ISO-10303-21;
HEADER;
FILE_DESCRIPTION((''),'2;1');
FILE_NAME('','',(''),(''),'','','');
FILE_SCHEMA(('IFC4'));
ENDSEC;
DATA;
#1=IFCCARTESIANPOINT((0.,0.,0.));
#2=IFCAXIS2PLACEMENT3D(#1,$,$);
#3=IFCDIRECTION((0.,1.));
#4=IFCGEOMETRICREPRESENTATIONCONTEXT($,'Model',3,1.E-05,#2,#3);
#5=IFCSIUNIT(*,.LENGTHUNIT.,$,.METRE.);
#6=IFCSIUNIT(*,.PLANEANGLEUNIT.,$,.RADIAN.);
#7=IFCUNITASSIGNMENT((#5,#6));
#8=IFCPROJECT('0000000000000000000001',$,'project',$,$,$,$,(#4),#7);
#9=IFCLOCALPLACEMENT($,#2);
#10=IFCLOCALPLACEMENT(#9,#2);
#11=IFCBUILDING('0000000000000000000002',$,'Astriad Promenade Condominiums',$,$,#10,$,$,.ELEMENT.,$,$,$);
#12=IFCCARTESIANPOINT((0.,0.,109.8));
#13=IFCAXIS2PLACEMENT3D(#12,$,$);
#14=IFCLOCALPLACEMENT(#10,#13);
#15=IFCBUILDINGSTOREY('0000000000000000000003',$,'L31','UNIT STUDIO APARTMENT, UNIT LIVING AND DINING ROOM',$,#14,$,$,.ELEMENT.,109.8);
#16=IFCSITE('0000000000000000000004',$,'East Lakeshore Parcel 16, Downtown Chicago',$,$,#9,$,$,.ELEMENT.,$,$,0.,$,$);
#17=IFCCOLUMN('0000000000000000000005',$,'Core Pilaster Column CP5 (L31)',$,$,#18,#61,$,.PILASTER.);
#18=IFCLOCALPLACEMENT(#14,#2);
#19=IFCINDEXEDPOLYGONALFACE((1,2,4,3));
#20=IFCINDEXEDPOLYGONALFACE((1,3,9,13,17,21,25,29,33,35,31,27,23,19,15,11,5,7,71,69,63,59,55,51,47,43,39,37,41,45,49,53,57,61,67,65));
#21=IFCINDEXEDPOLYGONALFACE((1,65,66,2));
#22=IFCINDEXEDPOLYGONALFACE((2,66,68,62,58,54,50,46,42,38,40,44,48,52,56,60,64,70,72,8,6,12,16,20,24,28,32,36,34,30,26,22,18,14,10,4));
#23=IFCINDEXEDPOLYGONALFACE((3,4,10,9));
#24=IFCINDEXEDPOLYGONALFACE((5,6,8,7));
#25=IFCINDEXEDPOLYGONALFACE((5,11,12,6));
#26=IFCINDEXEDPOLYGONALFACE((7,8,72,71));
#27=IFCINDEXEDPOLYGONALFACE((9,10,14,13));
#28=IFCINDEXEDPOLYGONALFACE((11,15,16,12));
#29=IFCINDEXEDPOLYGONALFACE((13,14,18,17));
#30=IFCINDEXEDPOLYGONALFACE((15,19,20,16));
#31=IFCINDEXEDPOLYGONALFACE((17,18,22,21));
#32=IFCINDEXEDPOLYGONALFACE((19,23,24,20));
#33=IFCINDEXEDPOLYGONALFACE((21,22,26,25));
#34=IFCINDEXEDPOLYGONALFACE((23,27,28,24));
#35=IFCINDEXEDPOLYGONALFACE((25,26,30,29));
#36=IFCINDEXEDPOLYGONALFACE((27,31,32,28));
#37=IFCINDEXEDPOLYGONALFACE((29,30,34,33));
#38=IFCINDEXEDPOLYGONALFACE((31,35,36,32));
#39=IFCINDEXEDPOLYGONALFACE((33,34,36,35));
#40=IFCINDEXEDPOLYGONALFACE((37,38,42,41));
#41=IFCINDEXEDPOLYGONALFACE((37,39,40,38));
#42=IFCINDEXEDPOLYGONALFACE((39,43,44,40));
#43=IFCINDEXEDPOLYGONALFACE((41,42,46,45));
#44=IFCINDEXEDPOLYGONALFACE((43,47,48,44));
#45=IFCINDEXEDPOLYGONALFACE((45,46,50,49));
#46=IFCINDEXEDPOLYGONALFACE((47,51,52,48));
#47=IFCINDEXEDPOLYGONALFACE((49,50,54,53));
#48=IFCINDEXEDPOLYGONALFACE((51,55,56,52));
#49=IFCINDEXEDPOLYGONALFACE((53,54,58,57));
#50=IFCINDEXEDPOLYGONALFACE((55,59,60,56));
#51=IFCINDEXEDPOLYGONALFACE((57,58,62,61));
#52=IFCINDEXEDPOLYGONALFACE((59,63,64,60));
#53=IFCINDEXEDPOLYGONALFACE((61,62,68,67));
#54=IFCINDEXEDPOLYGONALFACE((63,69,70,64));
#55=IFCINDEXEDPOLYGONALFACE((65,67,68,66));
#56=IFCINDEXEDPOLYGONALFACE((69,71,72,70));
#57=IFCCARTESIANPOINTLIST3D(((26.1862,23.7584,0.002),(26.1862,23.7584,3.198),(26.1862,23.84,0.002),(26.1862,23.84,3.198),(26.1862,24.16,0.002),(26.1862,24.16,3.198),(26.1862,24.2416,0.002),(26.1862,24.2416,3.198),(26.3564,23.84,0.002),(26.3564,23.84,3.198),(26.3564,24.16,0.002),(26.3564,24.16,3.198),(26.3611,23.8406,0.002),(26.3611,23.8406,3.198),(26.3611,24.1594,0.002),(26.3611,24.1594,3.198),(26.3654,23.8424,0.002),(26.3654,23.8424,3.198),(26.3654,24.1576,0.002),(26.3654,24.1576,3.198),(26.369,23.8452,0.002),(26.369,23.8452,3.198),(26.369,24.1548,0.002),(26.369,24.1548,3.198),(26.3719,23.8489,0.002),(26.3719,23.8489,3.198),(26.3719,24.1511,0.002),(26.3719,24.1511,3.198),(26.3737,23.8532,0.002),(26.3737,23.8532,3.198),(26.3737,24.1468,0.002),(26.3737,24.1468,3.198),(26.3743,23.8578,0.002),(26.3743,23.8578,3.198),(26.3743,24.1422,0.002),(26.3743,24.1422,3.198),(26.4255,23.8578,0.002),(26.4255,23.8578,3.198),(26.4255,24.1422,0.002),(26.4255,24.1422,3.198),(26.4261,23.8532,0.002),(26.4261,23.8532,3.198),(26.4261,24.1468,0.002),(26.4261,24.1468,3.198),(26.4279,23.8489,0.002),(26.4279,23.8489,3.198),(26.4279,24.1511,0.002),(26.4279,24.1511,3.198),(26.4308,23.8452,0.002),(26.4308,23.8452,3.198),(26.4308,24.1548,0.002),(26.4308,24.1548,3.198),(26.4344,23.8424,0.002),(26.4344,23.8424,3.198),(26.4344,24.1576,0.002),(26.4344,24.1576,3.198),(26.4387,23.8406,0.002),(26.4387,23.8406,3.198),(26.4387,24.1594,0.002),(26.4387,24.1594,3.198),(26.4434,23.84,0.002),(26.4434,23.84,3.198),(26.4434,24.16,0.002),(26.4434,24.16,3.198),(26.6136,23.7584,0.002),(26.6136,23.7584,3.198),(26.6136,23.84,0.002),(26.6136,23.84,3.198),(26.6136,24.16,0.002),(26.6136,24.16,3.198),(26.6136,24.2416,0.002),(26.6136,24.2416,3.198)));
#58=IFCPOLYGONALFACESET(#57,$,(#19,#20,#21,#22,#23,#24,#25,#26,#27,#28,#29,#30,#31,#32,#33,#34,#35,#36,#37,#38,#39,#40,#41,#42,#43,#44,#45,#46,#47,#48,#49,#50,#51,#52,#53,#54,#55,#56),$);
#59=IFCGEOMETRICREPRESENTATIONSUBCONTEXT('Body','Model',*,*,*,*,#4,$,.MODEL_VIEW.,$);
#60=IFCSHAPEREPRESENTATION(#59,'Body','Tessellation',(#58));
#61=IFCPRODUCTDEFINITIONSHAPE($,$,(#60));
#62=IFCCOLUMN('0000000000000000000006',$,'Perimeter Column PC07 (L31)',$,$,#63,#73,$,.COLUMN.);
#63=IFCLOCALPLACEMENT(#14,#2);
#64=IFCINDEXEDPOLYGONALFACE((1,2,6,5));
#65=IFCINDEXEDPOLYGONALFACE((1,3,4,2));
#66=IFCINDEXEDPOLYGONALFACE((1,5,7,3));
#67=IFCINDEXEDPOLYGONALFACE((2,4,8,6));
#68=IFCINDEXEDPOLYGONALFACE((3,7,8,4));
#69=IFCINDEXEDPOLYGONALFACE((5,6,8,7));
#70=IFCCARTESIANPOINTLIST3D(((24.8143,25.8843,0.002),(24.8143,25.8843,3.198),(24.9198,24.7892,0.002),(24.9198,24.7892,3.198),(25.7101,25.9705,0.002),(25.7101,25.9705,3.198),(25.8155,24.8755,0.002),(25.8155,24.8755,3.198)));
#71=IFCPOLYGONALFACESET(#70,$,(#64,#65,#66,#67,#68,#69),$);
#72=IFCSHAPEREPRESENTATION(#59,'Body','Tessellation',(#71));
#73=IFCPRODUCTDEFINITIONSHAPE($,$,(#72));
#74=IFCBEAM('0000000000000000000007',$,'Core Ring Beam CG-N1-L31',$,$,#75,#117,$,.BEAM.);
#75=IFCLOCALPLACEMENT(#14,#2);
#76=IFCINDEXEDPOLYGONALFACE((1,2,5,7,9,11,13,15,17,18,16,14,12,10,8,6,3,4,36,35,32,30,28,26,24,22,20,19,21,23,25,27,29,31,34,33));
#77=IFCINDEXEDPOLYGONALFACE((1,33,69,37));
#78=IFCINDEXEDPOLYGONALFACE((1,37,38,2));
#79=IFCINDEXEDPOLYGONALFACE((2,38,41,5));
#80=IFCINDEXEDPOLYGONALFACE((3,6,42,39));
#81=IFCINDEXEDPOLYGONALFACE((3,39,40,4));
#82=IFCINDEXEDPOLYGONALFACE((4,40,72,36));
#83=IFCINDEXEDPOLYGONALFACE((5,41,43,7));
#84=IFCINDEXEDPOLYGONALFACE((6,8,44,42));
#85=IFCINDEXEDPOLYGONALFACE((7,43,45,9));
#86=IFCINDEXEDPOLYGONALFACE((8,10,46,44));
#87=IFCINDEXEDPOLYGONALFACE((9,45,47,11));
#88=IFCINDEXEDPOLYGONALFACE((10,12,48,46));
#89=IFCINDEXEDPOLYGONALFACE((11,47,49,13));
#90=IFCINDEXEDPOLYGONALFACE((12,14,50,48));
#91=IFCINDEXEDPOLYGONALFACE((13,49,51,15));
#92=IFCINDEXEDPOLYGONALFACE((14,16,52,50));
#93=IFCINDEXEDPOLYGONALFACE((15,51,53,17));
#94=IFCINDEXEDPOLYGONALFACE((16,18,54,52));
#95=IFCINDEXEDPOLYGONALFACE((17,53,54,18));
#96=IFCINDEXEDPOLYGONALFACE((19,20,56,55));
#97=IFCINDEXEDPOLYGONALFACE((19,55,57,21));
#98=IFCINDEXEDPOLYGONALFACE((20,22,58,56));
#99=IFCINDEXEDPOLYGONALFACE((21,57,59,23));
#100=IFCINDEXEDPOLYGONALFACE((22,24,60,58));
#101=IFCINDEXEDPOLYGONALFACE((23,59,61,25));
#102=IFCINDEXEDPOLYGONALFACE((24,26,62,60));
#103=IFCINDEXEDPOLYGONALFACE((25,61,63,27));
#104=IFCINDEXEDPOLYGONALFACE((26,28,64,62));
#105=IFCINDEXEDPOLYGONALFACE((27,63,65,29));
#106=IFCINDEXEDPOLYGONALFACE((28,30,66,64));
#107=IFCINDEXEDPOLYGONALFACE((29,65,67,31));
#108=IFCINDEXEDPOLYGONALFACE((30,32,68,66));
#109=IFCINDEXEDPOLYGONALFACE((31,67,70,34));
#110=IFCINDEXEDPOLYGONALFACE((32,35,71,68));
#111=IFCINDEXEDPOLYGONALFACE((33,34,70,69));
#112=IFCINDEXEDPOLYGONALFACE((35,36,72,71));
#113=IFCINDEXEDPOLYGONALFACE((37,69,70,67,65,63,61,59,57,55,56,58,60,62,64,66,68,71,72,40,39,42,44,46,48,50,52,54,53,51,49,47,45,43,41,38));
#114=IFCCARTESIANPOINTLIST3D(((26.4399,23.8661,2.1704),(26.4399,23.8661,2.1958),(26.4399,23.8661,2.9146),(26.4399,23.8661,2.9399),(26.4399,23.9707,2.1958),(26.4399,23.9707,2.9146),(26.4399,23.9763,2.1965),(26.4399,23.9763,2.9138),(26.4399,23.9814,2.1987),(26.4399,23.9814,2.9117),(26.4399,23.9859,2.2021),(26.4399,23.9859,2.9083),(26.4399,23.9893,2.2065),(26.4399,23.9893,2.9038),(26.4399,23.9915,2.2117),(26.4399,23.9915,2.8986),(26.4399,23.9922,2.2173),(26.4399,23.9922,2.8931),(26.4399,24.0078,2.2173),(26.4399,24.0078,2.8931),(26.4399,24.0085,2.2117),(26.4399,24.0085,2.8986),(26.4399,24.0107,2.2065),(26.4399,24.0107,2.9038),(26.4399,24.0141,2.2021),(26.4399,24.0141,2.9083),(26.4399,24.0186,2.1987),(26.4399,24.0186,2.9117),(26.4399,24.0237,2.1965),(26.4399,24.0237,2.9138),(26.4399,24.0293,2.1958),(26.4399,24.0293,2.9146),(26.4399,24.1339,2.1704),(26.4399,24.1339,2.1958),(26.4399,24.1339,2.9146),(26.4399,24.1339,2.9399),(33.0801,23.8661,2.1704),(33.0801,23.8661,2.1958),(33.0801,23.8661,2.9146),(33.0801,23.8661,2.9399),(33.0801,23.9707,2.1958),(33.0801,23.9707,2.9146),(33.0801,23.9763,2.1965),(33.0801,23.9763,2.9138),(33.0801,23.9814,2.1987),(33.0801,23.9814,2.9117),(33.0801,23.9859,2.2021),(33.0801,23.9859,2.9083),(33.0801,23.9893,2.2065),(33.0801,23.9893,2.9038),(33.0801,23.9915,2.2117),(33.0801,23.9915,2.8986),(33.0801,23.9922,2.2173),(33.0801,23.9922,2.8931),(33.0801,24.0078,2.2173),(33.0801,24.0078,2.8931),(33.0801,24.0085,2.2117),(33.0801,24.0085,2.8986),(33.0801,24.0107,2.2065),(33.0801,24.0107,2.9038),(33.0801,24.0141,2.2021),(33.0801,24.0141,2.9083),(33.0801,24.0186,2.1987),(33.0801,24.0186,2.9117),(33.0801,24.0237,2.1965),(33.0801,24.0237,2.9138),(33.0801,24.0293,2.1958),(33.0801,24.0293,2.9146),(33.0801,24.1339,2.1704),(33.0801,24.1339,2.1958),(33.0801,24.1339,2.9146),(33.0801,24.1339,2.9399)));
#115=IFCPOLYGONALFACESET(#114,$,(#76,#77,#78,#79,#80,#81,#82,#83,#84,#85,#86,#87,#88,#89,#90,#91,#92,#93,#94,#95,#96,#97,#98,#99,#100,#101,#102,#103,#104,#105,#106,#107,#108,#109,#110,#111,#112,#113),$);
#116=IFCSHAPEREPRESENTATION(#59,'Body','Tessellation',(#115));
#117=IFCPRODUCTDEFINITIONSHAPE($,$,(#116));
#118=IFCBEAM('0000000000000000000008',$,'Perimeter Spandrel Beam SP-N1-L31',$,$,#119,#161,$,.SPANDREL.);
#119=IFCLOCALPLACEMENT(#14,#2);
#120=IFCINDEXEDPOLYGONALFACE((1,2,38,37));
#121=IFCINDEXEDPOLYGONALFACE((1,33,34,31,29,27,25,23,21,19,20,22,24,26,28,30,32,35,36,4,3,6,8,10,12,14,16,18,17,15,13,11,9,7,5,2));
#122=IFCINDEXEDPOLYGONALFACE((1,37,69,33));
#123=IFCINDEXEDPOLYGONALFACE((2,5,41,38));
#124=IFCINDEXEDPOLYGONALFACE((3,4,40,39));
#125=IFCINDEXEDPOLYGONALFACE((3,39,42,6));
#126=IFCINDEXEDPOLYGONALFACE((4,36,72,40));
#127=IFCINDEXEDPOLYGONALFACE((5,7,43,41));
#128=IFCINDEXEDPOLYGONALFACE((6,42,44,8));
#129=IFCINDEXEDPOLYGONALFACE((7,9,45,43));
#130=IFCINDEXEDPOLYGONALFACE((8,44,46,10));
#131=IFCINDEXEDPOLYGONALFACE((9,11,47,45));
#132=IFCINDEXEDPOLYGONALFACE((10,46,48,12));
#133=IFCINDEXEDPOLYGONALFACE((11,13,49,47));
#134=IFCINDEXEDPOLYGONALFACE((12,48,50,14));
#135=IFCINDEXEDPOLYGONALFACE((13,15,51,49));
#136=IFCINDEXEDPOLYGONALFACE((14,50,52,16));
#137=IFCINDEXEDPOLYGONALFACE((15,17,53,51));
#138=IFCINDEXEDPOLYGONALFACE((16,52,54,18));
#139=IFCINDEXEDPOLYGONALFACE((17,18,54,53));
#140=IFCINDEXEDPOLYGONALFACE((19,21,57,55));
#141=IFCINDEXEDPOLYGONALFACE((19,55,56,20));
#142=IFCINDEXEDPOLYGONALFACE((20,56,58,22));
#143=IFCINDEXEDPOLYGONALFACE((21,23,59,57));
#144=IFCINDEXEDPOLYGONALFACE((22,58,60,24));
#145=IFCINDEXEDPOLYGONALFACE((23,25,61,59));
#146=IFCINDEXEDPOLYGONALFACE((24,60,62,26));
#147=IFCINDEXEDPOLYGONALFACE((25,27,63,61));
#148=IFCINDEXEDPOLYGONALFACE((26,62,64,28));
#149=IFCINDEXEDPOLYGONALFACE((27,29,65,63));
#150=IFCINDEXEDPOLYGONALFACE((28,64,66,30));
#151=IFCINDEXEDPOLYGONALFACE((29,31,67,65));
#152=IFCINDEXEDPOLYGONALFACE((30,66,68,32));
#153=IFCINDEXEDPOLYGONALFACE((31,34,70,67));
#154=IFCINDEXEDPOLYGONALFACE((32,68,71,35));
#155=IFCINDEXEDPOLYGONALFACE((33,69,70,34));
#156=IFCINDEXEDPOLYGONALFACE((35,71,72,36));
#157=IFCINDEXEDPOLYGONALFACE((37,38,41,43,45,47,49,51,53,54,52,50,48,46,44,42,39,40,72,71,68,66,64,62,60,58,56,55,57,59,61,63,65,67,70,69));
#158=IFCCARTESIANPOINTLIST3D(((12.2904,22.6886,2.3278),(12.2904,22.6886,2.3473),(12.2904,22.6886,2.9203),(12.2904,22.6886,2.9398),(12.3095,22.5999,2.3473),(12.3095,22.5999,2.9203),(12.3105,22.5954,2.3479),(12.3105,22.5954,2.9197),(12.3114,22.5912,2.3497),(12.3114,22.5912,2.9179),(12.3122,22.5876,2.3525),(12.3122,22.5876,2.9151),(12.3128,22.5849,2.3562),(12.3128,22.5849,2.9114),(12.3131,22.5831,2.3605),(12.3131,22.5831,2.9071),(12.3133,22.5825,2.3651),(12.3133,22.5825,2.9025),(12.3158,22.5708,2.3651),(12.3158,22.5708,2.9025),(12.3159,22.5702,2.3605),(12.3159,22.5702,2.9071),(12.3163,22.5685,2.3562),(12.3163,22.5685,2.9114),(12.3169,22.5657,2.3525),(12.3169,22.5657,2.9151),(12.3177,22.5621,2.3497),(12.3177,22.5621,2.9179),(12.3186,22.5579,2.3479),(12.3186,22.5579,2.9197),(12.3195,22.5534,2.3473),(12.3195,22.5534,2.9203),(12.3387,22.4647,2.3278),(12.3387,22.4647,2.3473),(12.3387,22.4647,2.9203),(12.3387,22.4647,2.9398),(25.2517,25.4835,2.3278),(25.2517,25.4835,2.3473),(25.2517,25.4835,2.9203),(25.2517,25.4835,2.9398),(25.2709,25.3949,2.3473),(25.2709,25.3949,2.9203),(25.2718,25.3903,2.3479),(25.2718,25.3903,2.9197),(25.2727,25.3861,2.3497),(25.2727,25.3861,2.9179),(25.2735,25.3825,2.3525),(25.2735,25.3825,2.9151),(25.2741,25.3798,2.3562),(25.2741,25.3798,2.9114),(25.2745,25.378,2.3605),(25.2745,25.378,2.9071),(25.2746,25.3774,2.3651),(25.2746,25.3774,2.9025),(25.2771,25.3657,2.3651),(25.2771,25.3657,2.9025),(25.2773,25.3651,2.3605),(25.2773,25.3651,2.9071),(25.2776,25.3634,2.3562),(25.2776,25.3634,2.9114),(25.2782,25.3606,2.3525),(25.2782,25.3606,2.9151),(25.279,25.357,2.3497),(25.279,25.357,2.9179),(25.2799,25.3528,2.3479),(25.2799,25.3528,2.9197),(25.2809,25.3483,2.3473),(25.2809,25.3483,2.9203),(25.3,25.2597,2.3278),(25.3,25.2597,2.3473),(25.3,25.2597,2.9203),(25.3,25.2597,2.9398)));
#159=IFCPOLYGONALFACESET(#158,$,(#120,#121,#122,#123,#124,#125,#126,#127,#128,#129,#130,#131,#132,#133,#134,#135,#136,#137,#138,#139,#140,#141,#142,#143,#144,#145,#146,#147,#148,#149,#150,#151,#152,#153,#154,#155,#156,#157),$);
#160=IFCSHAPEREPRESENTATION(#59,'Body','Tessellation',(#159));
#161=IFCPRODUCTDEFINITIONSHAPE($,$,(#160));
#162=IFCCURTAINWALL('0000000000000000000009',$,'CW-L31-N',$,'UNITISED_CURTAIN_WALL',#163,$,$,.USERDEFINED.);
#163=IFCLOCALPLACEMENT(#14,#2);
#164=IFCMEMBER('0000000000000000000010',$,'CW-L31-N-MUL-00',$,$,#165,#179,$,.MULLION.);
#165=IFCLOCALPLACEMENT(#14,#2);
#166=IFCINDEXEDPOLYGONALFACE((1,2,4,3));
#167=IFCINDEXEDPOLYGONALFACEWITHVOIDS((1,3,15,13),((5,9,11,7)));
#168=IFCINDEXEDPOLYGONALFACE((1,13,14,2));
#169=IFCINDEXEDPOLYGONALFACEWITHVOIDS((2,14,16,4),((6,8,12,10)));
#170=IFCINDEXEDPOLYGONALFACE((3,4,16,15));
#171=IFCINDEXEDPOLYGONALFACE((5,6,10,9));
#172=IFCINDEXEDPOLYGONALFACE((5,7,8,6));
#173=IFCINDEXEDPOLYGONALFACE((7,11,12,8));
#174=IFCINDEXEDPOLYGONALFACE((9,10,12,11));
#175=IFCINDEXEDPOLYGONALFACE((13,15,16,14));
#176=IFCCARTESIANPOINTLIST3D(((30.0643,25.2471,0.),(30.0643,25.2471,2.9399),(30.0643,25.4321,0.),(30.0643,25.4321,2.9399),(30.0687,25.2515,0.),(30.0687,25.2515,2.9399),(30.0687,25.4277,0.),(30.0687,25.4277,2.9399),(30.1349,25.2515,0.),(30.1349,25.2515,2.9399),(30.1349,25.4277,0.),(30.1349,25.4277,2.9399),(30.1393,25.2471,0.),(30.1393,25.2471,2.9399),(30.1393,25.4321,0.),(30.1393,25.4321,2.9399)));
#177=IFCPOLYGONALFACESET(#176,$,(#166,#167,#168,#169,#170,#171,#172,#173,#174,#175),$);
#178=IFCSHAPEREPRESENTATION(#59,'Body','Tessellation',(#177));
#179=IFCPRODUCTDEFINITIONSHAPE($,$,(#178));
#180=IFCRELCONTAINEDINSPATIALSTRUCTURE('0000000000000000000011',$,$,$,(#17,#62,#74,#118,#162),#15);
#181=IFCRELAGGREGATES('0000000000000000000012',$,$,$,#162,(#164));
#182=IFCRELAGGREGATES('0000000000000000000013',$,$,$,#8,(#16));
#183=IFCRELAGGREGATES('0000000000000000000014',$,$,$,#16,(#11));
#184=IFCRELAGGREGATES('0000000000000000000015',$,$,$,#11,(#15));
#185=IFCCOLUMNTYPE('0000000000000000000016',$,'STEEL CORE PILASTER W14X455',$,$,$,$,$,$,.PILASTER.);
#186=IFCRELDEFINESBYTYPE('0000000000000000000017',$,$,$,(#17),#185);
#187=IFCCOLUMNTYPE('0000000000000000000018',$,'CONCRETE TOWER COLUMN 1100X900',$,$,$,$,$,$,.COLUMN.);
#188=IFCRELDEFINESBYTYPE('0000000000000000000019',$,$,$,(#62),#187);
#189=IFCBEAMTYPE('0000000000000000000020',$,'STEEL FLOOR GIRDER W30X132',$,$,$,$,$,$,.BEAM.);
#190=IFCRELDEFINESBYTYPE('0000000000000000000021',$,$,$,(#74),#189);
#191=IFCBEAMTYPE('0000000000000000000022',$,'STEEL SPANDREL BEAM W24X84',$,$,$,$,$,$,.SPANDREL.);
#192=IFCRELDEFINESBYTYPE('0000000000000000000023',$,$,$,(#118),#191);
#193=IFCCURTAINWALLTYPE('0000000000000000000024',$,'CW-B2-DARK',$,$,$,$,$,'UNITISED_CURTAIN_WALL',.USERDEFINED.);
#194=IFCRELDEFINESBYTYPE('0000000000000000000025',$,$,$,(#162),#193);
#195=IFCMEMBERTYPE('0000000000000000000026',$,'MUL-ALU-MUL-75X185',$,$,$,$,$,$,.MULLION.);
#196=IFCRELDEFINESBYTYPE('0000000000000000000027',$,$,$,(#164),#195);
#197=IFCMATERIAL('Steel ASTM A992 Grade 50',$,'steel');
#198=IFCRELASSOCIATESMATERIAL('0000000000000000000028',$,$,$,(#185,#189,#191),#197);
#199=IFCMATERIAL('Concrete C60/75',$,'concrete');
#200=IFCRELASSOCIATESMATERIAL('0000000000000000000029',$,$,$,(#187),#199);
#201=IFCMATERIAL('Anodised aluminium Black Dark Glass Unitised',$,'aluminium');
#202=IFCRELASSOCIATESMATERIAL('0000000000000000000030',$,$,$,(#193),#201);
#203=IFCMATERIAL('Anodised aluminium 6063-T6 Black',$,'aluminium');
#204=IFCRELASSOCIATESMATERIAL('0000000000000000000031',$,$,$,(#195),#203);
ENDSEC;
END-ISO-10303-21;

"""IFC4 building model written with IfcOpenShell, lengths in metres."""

from ifc_helpers import new_model, si_unit, direction, frame, origin, origin_2d, place, context, subcontext, project, spatial, rectangle, hollow_rectangle, i_section, extrude, source, transform, mapped, material, material_profile, profile_set, type_object, type_shapes, element, aggregate, save


model = new_model("IFC4")

# Units and contexts
model_context = context("Model", 3, precision=1e-05, world=origin(), true_north=direction((0.0, 1.0)))
body_context = subcontext(model_context, "Body", "Model", "MODEL_VIEW")
ifc_project = project(units=[si_unit("LENGTHUNIT", "METRE"), si_unit("PLANEANGLEUNIT", "RADIAN")], contexts=[model_context])

# Site, building, storey
site_placement = place(None, origin())
site = spatial("IfcSite", under=ifc_project, at=site_placement, Name="East Lakeshore Parcel 16, Downtown Chicago", CompositionType="ELEMENT", RefElevation=0.0)
building_placement = place(site_placement, origin())
building = spatial("IfcBuilding", under=site, at=building_placement, Name="Astriad Promenade Condominiums", CompositionType="ELEMENT")
storey_placement = place(building_placement, frame((0.0, 0.0, 109.8)))
storey = spatial("IfcBuildingStorey", under=building, at=storey_placement, Name="L31", Description="UNIT STUDIO APARTMENT, UNIT LIVING AND DINING ROOM", CompositionType="ELEMENT", Elevation=109.8)

# Columns
ifc_material_1 = material(Name="Steel ASTM A992 Grade 50", Category="steel")
ifc_material_profile_1 = material_profile(ifc_material_1, i_section(OverallWidth=0.4275, OverallDepth=0.4832, WebThickness=0.0513, FlangeThickness=0.0815, FilletRadius=0.0178, at=origin_2d()), Name="W14X455")
ifc_profile_set_1 = profile_set([ifc_material_profile_1], Name="Steel ASTM A992 Grade 50")
column_type_1 = type_object("IfcColumnType", Name="STEEL CORE PILASTER W14X455", PredefinedType="PILASTER", material=ifc_profile_set_1)
shared_shape_1 = source(origin(), body_context, "Body", "SweptSolid", [
    extrude(i_section(OverallWidth=0.4275, OverallDepth=0.4832, WebThickness=0.0513, FlangeThickness=0.0815, FilletRadius=0.0178, at=origin_2d()), origin(), (0.0, 0.0, 1.0), 3.196),
])
type_shapes(column_type_1, [shared_shape_1])
column_1_placement = place(storey_placement, frame((26.3999, 24.0, 0.002), z_axis=(0.0, 0.0, 1.0), x_axis=(1.0, 0.0, 0.0)))
element("IfcColumn", 1, at=column_1_placement, inside=storey, type_object=column_type_1, Name="Core Pilaster Column CP5 (L31)", PredefinedType="PILASTER", context=body_context, shape_type="MappedRepresentation", body=[
    mapped(shared_shape_1, transform((0.0, 0.0, 0.0), scale=1.0)),
])
ifc_material_2 = material(Name="Concrete C60/75", Category="concrete")
ifc_material_profile_2 = material_profile(ifc_material_2, rectangle(XDim=0.8999, YDim=1.1001, at=origin_2d()), Name="RC-COL-1100X900")
ifc_profile_set_2 = profile_set([ifc_material_profile_2], Name="Concrete C60/75")
column_type_2 = type_object("IfcColumnType", Name="CONCRETE TOWER COLUMN 1100X900", PredefinedType="COLUMN", material=ifc_profile_set_2)
shared_shape_2 = source(origin(), body_context, "Body", "SweptSolid", [
    extrude(rectangle(XDim=0.8999, YDim=1.1001, at=origin_2d()), origin(), (0.0, 0.0, 1.0), 3.196),
])
type_shapes(column_type_2, [shared_shape_2])
column_2_placement = place(storey_placement, frame((25.3149, 25.3799, 0.002), z_axis=(0.0, 0.0, 1.0), x_axis=(0.995396, 0.095846, 0.0)))
element("IfcColumn", 2, at=column_2_placement, inside=storey, type_object=column_type_2, Name="Perimeter Column PC07 (L31)", PredefinedType="COLUMN", context=body_context, shape_type="MappedRepresentation", body=[
    mapped(shared_shape_2, transform((0.0, 0.0, 0.0), scale=1.0)),
])

# Beams
ifc_material_profile_3 = material_profile(ifc_material_1, i_section(OverallWidth=0.2678, OverallDepth=0.7695, WebThickness=0.0156, FlangeThickness=0.0254, FilletRadius=0.0215, at=origin_2d()), Name="W30X132")
ifc_profile_set_3 = profile_set([ifc_material_profile_3], Name="Steel ASTM A992 Grade 50")
beam_type_1 = type_object("IfcBeamType", Name="STEEL FLOOR GIRDER W30X132", PredefinedType="BEAM", material=ifc_profile_set_3)
shared_shape_3 = source(origin(), body_context, "Body", "SweptSolid", [
    extrude(i_section(OverallWidth=0.2678, OverallDepth=0.7695, WebThickness=0.0156, FlangeThickness=0.0254, FilletRadius=0.0215, at=origin_2d()), origin(), (0.0, 0.0, 1.0), 6.6401),
])
type_shapes(beam_type_1, [shared_shape_3])
beam_1_placement = place(storey_placement, frame((26.4399, 24.0, 2.5552), z_axis=(1.0, 0.0, 0.0), x_axis=(0.0, 1.0, 0.0)))
element("IfcBeam", 3, at=beam_1_placement, inside=storey, type_object=beam_type_1, Name="Core Ring Beam CG-N1-L31", PredefinedType="BEAM", context=body_context, shape_type="MappedRepresentation", body=[
    mapped(shared_shape_3, transform((0.0, 0.0, 0.0), scale=1.0)),
])
ifc_material_profile_4 = material_profile(ifc_material_1, i_section(OverallWidth=0.229, OverallDepth=0.6121, WebThickness=0.012, FlangeThickness=0.0195, FilletRadius=0.0178, at=origin_2d()), Name="W24X84")
ifc_profile_set_4 = profile_set([ifc_material_profile_4], Name="Steel ASTM A992 Grade 50")
beam_type_2 = type_object("IfcBeamType", Name="STEEL SPANDREL BEAM W24X84", PredefinedType="SPANDREL", material=ifc_profile_set_4)
shared_shape_4 = source(origin(), body_context, "Body", "SweptSolid", [
    extrude(i_section(OverallWidth=0.229, OverallDepth=0.6121, WebThickness=0.012, FlangeThickness=0.0195, FilletRadius=0.0178, at=origin_2d()), origin(), (0.0, 0.0, 1.0), 13.2593),
])
type_shapes(beam_type_2, [shared_shape_4])
beam_2_placement = place(storey_placement, frame((25.2759, 25.3716, 2.6338), z_axis=(-0.977532, -0.210789, 0.0), x_axis=(0.210789, -0.977532, 0.0)))
element("IfcBeam", 4, at=beam_2_placement, inside=storey, type_object=beam_type_2, Name="Perimeter Spandrel Beam SP-N1-L31", PredefinedType="SPANDREL", context=body_context, shape_type="MappedRepresentation", body=[
    mapped(shared_shape_4, transform((0.0, 0.0, 0.0), scale=1.0)),
])

# Curtain wall, member
ifc_material_3 = material(Name="Anodised aluminium Black Dark Glass Unitised", Category="aluminium")
curtain_wall_type = type_object("IfcCurtainWallType", Name="CW-B2-DARK", ElementType="UNITISED_CURTAIN_WALL", PredefinedType="USERDEFINED", material=ifc_material_3)
curtain_wall_placement = place(storey_placement, origin())
curtain_wall = element("IfcCurtainWall", 5, at=curtain_wall_placement, inside=storey, type_object=curtain_wall_type, Name="CW-L31-N", ObjectType="UNITISED_CURTAIN_WALL", PredefinedType="USERDEFINED")
ifc_material_4 = material(Name="Anodised aluminium 6063-T6 Black", Category="aluminium")
ifc_material_profile_5 = material_profile(ifc_material_4, hollow_rectangle(XDim=0.075, YDim=0.1851, WallThickness=0.0044, at=origin_2d()), Name="ALU-MUL-75X185")
ifc_profile_set_5 = profile_set([ifc_material_profile_5], Name="Anodised aluminium 6063-T6 Black")
member_type_1 = type_object("IfcMemberType", Name="MUL-ALU-MUL-75X185", PredefinedType="MULLION", material=ifc_profile_set_5)
shared_shape_5 = source(origin(), body_context, "Body", "SweptSolid", [
    extrude(hollow_rectangle(XDim=0.075, YDim=0.1851, WallThickness=0.0044, at=origin_2d()), origin(), (0.0, 0.0, 1.0), 2.9399),
])
type_shapes(member_type_1, [shared_shape_5])
member_1_placement = place(storey_placement, frame((30.1018, 25.3396, 0.0), z_axis=(0.0, 0.0, 1.0), x_axis=(1.0, 0.0, 0.0)))
member_1 = element("IfcMember", 6, at=member_1_placement, type_object=member_type_1, Name="CW-L31-N-MUL-00", PredefinedType="MULLION", context=body_context, shape_type="MappedRepresentation", body=[
    mapped(shared_shape_5, transform((0.0, 0.0, 0.0), scale=1.0)),
])
aggregate(curtain_wall, [member_1])

save(model, "model.ifc")
